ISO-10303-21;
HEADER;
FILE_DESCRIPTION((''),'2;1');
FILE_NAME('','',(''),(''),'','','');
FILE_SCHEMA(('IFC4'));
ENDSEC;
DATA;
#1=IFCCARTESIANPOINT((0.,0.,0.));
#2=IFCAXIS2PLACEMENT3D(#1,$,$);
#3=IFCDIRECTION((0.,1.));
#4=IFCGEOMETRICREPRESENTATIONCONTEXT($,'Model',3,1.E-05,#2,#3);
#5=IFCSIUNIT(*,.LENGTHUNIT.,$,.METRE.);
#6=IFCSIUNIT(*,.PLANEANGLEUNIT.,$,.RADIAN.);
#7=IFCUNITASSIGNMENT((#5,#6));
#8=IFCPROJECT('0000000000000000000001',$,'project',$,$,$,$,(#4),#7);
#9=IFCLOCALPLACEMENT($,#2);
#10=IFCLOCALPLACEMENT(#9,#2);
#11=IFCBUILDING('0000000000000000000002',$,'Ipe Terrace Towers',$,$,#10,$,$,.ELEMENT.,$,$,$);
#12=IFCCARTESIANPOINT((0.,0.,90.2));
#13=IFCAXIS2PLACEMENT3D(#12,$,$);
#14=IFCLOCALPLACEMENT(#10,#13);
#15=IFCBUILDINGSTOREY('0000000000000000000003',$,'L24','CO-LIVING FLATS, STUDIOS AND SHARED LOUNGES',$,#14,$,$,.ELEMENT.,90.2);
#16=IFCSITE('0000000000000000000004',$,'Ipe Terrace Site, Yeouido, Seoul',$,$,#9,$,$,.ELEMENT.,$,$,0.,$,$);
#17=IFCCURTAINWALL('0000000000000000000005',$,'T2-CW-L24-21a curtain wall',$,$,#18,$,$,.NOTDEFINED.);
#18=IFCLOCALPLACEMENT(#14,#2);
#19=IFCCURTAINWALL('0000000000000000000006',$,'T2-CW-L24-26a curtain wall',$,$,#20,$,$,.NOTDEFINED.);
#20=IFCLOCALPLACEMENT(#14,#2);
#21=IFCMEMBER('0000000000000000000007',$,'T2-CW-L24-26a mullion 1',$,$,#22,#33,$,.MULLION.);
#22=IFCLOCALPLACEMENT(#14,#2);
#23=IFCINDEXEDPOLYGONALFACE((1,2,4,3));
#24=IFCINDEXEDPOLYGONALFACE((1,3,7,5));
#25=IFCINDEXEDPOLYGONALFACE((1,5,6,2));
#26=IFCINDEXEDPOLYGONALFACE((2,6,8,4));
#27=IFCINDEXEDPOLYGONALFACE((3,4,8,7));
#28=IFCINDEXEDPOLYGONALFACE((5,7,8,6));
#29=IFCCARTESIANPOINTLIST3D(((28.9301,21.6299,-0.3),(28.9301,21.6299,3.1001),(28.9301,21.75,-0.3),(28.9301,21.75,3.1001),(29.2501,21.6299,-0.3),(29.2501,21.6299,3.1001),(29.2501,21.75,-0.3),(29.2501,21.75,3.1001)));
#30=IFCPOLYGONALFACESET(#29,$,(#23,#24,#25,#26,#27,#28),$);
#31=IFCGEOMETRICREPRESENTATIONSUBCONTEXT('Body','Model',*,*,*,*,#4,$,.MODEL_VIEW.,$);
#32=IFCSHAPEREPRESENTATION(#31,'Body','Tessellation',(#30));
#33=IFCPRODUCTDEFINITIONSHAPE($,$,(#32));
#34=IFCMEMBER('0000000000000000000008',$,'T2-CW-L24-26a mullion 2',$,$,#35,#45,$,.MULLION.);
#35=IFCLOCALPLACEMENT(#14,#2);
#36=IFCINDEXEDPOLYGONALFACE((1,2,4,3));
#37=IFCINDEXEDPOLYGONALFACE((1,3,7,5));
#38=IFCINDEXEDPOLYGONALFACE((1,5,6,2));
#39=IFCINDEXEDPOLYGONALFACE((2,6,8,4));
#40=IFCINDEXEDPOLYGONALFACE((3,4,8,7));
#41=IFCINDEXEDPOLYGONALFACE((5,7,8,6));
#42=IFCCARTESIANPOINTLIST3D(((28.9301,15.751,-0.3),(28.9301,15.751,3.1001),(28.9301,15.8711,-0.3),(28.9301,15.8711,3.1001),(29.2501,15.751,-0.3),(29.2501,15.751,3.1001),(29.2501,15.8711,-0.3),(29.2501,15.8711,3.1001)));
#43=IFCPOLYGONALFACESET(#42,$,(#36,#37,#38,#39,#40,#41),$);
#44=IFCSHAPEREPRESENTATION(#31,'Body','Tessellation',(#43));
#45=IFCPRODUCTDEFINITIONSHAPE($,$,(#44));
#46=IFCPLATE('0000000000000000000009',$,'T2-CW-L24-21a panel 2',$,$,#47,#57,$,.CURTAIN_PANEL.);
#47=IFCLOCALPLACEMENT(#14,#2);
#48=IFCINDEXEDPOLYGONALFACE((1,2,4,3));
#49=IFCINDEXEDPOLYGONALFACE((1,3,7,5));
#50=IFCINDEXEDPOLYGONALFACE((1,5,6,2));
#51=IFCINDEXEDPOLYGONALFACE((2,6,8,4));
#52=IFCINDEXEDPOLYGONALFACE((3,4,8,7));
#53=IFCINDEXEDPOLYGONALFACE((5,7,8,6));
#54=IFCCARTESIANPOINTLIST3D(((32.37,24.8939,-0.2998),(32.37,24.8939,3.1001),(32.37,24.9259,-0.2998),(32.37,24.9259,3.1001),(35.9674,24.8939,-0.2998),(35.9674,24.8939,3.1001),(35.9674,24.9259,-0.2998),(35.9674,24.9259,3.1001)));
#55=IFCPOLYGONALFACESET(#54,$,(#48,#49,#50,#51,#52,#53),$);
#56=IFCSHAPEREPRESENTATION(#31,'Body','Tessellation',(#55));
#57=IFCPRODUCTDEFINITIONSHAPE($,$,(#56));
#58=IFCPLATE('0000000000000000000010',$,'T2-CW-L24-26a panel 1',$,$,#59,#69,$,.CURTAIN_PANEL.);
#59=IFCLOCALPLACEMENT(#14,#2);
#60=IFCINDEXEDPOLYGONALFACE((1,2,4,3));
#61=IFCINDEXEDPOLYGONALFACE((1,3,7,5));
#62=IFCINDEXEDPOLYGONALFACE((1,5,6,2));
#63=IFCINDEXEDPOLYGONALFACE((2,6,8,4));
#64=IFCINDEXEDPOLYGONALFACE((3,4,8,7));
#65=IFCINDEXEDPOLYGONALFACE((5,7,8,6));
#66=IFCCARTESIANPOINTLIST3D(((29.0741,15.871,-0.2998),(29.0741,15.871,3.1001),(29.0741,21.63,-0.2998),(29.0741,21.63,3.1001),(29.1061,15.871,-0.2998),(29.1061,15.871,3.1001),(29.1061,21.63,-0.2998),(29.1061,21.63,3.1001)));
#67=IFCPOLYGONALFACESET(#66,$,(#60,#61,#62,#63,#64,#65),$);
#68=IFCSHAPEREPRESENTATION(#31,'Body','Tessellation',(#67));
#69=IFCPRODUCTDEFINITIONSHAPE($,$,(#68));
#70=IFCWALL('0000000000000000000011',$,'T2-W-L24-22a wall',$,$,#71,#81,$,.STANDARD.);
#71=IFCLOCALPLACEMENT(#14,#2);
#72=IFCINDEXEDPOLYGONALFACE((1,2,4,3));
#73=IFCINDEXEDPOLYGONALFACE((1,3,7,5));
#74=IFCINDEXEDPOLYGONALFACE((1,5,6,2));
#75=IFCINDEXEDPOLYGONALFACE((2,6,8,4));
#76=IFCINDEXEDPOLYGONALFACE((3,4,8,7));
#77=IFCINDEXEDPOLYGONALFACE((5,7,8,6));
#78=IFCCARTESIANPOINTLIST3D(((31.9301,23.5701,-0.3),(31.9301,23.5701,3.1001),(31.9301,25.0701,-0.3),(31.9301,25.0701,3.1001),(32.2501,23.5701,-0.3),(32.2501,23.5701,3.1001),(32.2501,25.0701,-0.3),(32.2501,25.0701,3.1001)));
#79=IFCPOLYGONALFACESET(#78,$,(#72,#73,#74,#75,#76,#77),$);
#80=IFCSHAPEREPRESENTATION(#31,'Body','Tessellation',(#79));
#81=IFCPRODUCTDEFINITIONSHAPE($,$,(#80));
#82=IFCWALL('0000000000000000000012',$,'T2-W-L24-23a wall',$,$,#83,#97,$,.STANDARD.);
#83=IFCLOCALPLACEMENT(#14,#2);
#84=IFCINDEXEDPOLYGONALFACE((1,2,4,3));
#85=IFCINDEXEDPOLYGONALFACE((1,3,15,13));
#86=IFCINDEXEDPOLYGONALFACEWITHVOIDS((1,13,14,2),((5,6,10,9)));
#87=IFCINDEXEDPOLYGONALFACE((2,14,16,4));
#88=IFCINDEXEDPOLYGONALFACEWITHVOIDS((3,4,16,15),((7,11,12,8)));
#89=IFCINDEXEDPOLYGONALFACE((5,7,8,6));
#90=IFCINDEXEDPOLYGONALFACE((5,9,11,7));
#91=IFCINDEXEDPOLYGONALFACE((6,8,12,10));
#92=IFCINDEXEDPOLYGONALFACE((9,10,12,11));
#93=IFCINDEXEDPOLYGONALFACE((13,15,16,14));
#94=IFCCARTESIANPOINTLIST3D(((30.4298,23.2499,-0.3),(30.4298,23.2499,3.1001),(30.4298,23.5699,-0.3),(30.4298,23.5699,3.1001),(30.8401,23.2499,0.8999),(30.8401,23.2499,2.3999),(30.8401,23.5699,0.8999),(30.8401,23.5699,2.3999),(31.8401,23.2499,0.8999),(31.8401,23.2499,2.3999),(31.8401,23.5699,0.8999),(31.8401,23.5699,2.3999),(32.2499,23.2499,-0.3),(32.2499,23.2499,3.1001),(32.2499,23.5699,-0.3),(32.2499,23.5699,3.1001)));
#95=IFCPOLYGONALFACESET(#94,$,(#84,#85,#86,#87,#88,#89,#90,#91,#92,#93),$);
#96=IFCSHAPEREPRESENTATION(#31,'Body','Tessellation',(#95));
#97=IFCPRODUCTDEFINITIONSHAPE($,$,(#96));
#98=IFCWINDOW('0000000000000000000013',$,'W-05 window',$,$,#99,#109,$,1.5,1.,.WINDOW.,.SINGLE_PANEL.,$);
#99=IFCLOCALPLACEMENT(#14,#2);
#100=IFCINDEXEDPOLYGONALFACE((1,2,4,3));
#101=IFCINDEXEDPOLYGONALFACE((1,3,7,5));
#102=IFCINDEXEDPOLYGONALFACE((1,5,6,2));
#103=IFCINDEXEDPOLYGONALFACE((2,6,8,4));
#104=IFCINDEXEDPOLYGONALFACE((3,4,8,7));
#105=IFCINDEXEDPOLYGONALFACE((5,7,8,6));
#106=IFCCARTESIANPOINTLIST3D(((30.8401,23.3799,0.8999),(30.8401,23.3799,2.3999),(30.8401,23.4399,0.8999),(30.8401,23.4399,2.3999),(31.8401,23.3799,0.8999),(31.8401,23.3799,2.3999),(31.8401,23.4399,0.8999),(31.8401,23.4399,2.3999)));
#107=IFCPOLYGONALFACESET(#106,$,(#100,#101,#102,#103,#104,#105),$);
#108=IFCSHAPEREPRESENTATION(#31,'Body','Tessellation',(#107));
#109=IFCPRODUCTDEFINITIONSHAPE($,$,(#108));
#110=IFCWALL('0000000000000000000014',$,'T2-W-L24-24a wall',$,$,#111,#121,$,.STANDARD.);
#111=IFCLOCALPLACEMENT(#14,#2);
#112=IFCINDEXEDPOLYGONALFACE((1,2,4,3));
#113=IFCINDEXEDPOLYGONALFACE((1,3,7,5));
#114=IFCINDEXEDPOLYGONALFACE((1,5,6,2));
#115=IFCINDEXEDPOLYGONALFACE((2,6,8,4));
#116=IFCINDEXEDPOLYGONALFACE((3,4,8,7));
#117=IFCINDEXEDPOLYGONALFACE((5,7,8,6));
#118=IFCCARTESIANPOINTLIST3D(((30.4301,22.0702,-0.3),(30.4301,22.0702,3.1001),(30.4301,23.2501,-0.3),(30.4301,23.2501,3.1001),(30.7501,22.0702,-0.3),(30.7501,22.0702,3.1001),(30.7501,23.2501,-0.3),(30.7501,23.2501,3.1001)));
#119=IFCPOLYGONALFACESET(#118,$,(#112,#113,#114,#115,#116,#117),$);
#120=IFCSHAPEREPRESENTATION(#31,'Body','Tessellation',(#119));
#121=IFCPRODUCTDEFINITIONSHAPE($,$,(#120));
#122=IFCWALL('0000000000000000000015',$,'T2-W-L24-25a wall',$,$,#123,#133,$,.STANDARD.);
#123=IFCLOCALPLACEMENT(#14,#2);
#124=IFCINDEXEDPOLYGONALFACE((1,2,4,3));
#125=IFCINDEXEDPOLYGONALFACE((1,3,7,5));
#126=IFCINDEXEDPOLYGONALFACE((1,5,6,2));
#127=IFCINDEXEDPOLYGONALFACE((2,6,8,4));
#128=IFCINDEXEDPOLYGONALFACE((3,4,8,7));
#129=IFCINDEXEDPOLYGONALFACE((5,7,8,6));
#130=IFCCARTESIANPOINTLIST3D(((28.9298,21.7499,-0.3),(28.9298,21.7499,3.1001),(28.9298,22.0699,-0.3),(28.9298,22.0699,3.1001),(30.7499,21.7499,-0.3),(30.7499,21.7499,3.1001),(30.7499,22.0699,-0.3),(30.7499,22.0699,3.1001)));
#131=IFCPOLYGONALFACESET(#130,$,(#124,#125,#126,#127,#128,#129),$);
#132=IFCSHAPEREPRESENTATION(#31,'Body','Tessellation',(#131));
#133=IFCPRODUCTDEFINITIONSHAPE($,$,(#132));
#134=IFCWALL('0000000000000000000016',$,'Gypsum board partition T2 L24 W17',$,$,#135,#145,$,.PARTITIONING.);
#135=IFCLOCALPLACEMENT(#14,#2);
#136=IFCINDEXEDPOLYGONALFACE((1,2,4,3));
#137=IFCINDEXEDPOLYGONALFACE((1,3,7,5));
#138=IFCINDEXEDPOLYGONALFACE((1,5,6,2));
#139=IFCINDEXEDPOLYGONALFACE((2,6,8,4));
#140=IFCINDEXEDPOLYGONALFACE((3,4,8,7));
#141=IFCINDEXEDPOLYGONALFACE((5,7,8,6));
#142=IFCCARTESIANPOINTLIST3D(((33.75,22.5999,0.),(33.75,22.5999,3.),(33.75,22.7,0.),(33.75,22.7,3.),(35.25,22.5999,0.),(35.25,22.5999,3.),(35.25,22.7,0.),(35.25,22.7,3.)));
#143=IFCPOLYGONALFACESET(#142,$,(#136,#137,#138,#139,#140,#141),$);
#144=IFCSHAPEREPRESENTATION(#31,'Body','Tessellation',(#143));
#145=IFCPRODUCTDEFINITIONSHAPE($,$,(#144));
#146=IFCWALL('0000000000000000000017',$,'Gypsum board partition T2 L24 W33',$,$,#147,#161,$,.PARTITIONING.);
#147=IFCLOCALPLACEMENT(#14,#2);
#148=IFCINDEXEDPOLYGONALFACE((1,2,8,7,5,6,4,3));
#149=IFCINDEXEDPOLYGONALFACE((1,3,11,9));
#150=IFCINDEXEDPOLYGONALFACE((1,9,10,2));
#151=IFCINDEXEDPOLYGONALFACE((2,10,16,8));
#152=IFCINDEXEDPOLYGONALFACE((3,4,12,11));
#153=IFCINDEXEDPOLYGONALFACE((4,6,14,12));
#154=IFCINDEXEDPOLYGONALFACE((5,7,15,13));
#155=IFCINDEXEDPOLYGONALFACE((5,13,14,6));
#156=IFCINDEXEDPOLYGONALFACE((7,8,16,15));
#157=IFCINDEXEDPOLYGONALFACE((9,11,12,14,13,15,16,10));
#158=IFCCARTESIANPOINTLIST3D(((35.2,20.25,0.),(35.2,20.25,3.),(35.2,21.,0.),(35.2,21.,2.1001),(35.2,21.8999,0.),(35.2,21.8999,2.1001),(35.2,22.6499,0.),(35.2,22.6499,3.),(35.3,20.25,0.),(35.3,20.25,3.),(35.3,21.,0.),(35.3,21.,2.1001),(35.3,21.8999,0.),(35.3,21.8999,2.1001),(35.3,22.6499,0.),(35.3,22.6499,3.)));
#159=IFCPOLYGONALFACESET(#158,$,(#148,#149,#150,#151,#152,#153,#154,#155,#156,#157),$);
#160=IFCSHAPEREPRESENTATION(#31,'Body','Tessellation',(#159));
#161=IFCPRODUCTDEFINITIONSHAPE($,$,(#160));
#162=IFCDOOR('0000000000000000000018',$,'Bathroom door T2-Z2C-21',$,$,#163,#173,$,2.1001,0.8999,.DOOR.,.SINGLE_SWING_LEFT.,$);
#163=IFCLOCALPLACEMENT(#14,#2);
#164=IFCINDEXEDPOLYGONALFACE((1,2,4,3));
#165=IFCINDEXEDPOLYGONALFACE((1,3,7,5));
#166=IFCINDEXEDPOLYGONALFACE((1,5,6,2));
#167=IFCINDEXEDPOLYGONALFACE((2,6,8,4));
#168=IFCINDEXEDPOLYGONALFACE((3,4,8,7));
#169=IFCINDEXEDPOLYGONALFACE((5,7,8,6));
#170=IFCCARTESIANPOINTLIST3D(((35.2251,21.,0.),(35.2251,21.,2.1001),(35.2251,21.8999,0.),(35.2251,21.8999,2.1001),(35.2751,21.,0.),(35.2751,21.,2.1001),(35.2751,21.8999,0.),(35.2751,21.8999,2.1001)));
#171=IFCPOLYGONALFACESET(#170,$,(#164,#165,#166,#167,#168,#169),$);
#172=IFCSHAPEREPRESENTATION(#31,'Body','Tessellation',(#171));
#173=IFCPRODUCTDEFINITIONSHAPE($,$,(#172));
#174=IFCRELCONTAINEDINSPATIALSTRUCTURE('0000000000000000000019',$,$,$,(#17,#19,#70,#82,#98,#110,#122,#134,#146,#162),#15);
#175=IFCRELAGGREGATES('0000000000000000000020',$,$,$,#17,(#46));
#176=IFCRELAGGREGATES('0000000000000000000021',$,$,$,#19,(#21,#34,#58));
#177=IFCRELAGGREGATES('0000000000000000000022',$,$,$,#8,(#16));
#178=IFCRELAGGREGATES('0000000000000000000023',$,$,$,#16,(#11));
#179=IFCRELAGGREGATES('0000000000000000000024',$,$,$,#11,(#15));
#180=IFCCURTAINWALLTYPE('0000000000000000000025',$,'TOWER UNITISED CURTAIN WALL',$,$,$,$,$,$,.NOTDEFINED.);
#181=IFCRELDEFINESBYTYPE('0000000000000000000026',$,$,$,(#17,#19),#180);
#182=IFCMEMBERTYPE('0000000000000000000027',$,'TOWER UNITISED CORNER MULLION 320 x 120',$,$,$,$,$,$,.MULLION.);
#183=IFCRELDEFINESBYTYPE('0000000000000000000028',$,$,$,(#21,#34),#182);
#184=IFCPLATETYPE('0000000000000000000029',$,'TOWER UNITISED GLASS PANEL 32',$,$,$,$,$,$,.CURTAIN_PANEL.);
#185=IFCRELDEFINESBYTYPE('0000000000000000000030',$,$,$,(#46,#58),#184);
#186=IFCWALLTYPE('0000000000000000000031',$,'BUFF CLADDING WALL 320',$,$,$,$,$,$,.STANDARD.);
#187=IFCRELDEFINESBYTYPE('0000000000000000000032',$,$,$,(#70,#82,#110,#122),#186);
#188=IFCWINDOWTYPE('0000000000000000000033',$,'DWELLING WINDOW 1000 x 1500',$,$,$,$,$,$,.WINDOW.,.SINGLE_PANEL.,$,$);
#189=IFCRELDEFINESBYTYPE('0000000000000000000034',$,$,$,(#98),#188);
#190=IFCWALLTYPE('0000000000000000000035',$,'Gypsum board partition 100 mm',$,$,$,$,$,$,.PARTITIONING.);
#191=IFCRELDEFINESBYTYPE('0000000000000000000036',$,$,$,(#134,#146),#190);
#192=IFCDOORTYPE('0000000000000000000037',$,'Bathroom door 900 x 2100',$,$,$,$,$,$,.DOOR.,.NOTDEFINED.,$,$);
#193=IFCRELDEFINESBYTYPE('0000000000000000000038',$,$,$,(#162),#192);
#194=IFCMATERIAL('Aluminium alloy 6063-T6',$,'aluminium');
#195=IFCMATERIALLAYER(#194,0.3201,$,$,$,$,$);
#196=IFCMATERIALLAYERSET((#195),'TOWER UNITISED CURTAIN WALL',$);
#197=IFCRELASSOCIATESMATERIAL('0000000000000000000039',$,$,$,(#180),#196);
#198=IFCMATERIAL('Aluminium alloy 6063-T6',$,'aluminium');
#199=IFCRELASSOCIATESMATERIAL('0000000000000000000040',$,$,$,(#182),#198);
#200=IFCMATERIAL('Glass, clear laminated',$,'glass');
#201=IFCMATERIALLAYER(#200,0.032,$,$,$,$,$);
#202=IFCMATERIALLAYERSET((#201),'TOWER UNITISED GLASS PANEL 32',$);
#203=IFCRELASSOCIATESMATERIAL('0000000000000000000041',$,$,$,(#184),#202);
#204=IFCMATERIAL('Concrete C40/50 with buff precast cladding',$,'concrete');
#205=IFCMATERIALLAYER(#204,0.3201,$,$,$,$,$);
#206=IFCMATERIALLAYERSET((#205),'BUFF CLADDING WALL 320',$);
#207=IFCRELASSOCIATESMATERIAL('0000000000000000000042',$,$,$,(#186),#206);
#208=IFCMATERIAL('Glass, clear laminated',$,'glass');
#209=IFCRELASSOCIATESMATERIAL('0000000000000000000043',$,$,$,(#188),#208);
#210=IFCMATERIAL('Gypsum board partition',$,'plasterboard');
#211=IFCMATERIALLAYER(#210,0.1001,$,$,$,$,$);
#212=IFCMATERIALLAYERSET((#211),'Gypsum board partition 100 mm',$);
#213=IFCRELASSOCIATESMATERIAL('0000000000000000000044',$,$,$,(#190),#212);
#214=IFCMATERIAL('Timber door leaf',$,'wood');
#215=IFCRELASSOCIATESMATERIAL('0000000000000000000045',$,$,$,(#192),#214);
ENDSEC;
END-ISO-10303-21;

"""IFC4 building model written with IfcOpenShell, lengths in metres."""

from ifc_helpers import new_model, si_unit, direction, frame, frame_2d, origin, origin_2d, place, context, subcontext, project, spatial, rectangle, extrude, material, layer, layer_set, material_profile, profile_set, type_object, element, fill, aggregate, save


model = new_model("IFC4")

# Units and contexts
model_context = context("Model", 3, precision=1e-05, world=origin(), true_north=direction((0.0, 1.0)))
body_context = subcontext(model_context, "Body", "Model", "MODEL_VIEW")
ifc_project = project(units=[si_unit("LENGTHUNIT", "METRE"), si_unit("PLANEANGLEUNIT", "RADIAN")], contexts=[model_context])

# Site, building, storey
site_placement = place(None, origin())
site = spatial("IfcSite", under=ifc_project, at=site_placement, Name="Ipe Terrace Site, Yeouido, Seoul", CompositionType="ELEMENT", RefElevation=0.0)
building_placement = place(site_placement, origin())
building = spatial("IfcBuilding", under=site, at=building_placement, Name="Ipe Terrace Towers", CompositionType="ELEMENT")
storey_placement = place(building_placement, frame((0.0, 0.0, 90.2)))
storey = spatial("IfcBuildingStorey", under=building, at=storey_placement, Name="L24", Description="CO-LIVING FLATS, STUDIOS AND SHARED LOUNGES", CompositionType="ELEMENT", Elevation=90.2)

# Curtain wall
ifc_material_1 = material(Name="Aluminium alloy 6063-T6", Category="aluminium")
ifc_layer_1 = layer(ifc_material_1, 0.3201)
ifc_layer_set_1 = layer_set([ifc_layer_1], Name="TOWER UNITISED CURTAIN WALL")
curtain_wall_type = type_object("IfcCurtainWallType", Name="TOWER UNITISED CURTAIN WALL", PredefinedType="NOTDEFINED", material=ifc_layer_set_1)
curtain_wall_1_placement = place(storey_placement, origin())
curtain_wall_1 = element("IfcCurtainWall", 1, at=curtain_wall_1_placement, inside=storey, type_object=curtain_wall_type, Name="T2-CW-L24-21a curtain wall", PredefinedType="NOTDEFINED")
ifc_material_2 = material(Name="Aluminium alloy 6063-T6", Category="aluminium")
ifc_material_profile_1 = material_profile(ifc_material_2, rectangle(XDim=0.3201, YDim=0.1201, at=origin_2d()), Name="TOWER UNITISED CORNER MULLION 320 x 120")
ifc_profile_set_1 = profile_set([ifc_material_profile_1], Name="Aluminium alloy 6063-T6")
member_type = type_object("IfcMemberType", Name="TOWER UNITISED CORNER MULLION 320 x 120", PredefinedType="MULLION", material=ifc_profile_set_1)

# Curtain wall, members
curtain_wall_2_placement = place(storey_placement, origin())
curtain_wall_2 = element("IfcCurtainWall", 2, at=curtain_wall_2_placement, inside=storey, type_object=curtain_wall_type, Name="T2-CW-L24-26a curtain wall", PredefinedType="NOTDEFINED")
member_1_placement = place(storey_placement, frame((29.0901, 21.6899, -0.3), z_axis=(0.0, 0.0, 1.0), x_axis=(-1.0, 0.0, 0.0)))
member_1 = element("IfcMember", 3, at=member_1_placement, type_object=member_type, Name="T2-CW-L24-26a mullion 1", PredefinedType="MULLION", context=body_context, shape_type="SweptSolid", body=[
    extrude(rectangle(XDim=0.3201, YDim=0.1201, at=origin_2d()), origin(), (0.0, 0.0, 1.0), 3.4001),
])
member_2_placement = place(storey_placement, frame((29.0901, 15.811, -0.3), z_axis=(0.0, 0.0, 1.0), x_axis=(-1.0, 0.0, 0.0)))
member_2 = element("IfcMember", 4, at=member_2_placement, type_object=member_type, Name="T2-CW-L24-26a mullion 2", PredefinedType="MULLION", context=body_context, shape_type="SweptSolid", body=[
    extrude(rectangle(XDim=0.3201, YDim=0.1201, at=origin_2d()), origin(), (0.0, 0.0, 1.0), 3.4001),
])

# Plates
ifc_material_3 = material(Name="Glass, clear laminated", Category="glass")
ifc_layer_2 = layer(ifc_material_3, 0.032)
ifc_layer_set_2 = layer_set([ifc_layer_2], Name="TOWER UNITISED GLASS PANEL 32")
plate_type = type_object("IfcPlateType", Name="TOWER UNITISED GLASS PANEL 32", PredefinedType="CURTAIN_PANEL", material=ifc_layer_set_2)
plate_1_placement = place(storey_placement, frame((34.1687, 24.9099, -0.2998), z_axis=(0.0, 0.0, 1.0), x_axis=(-1.0, 0.0, 0.0)))
plate_1 = element("IfcPlate", 5, at=plate_1_placement, type_object=plate_type, Name="T2-CW-L24-21a panel 2", PredefinedType="CURTAIN_PANEL", context=body_context, shape_type="SweptSolid", body=[
    extrude(rectangle(XDim=3.5974, YDim=0.032, at=origin_2d()), origin(), (0.0, 0.0, 1.0), 3.3999),
])
aggregate(curtain_wall_1, [plate_1])
plate_2_placement = place(storey_placement, frame((29.0901, 18.7505, -0.2998), z_axis=(0.0, 0.0, 1.0), x_axis=(0.0, -1.0, 0.0)))
plate_2 = element("IfcPlate", 6, at=plate_2_placement, type_object=plate_type, Name="T2-CW-L24-26a panel 1", PredefinedType="CURTAIN_PANEL", context=body_context, shape_type="SweptSolid", body=[
    extrude(rectangle(XDim=5.759, YDim=0.032, at=origin_2d()), origin(), (0.0, 0.0, 1.0), 3.3999),
])
aggregate(curtain_wall_2, [member_1, member_2, plate_2])

# Wall
ifc_material_4 = material(Name="Concrete C40/50 with buff precast cladding", Category="concrete")
ifc_layer_3 = layer(ifc_material_4, 0.3201)
ifc_layer_set_3 = layer_set([ifc_layer_3], Name="BUFF CLADDING WALL 320")
wall_type_1 = type_object("IfcWallType", Name="BUFF CLADDING WALL 320", PredefinedType="STANDARD", material=ifc_layer_set_3)
wall_1_placement = place(storey_placement, frame((32.0901, 25.0701, -0.3), z_axis=(0.0, 0.0, 1.0), x_axis=(0.0, -1.0, 0.0)))
element("IfcWall", 7, at=wall_1_placement, inside=storey, type_object=wall_type_1, Name="T2-W-L24-22a wall", PredefinedType="STANDARD", context=body_context, shape_type="SweptSolid", body=[
    extrude(rectangle(XDim=1.5, YDim=0.3201, at=frame_2d((0.75, 0.0))), origin(), (0.0, 0.0, 1.0), 3.4001),
])

# Wall, opening, window
wall_2_placement = place(storey_placement, frame((32.25, 23.4099, -0.3), z_axis=(0.0, 0.0, 1.0), x_axis=(-1.0, 0.0, 0.0)))
wall_2 = element("IfcWall", 8, at=wall_2_placement, inside=storey, type_object=wall_type_1, Name="T2-W-L24-23a wall", PredefinedType="STANDARD", context=body_context, shape_type="SweptSolid", body=[
    extrude(rectangle(XDim=1.8201, YDim=0.3201, at=frame_2d((0.9102, 0.0))), origin(), (0.0, 0.0, 1.0), 3.4001),
])
opening_1_placement = place(wall_2_placement, frame((0.4099, 0.0, 1.2)))
opening_1 = element("IfcOpeningElement", 9, at=opening_1_placement, cuts=wall_2, PredefinedType="OPENING", context=body_context, shape_type="SweptSolid", body=[
    extrude(rectangle(XDim=1.0, YDim=1.5, at=frame_2d((0.5, 0.75))), frame((0.0, 0.1699, 0.0), z_axis=(0.0, -1.0, 0.0), x_axis=(1.0, 0.0, 0.0)), (0.0, 0.0, 1.0), 0.3401),
])
ifc_material_5 = material(Name="Glass, clear laminated", Category="glass")
window_type = type_object("IfcWindowType", Name="DWELLING WINDOW 1000 x 1500", PartitioningType="SINGLE_PANEL", PredefinedType="WINDOW", material=ifc_material_5)
window_placement = place(opening_1_placement, origin())
window = element("IfcWindow", 10, at=window_placement, inside=storey, type_object=window_type, Name="W-05 window", OverallHeight=1.5, OverallWidth=1.0, PartitioningType="SINGLE_PANEL", PredefinedType="WINDOW", context=body_context, shape_type="SweptSolid", body=[
    extrude(rectangle(XDim=1.0, YDim=1.5, at=frame_2d((0.5, 0.75))), frame((0.0, 0.03, 0.0), z_axis=(0.0, -1.0, 0.0), x_axis=(1.0, 0.0, 0.0)), (0.0, 0.0, 1.0), 0.0601),
])
fill(opening_1, window)

# Walls
wall_3_placement = place(storey_placement, frame((30.5901, 23.25, -0.3), z_axis=(0.0, 0.0, 1.0), x_axis=(0.0, -1.0, 0.0)))
element("IfcWall", 11, at=wall_3_placement, inside=storey, type_object=wall_type_1, Name="T2-W-L24-24a wall", PredefinedType="STANDARD", context=body_context, shape_type="SweptSolid", body=[
    extrude(rectangle(XDim=1.1799, YDim=0.3201, at=frame_2d((0.5898, 0.0))), origin(), (0.0, 0.0, 1.0), 3.4001),
])
wall_4_placement = place(storey_placement, frame((30.75, 21.9099, -0.3), z_axis=(0.0, 0.0, 1.0), x_axis=(-1.0, 0.0, 0.0)))
element("IfcWall", 12, at=wall_4_placement, inside=storey, type_object=wall_type_1, Name="T2-W-L24-25a wall", PredefinedType="STANDARD", context=body_context, shape_type="SweptSolid", body=[
    extrude(rectangle(XDim=1.8201, YDim=0.3201, at=frame_2d((0.9102, 0.0))), origin(), (0.0, 0.0, 1.0), 3.4001),
])
ifc_material_6 = material(Name="Gypsum board partition", Category="plasterboard")
ifc_layer_4 = layer(ifc_material_6, 0.1001)
ifc_layer_set_4 = layer_set([ifc_layer_4], Name="Gypsum board partition 100 mm")
wall_type_2 = type_object("IfcWallType", Name="Gypsum board partition 100 mm", PredefinedType="PARTITIONING", material=ifc_layer_set_4)
wall_5_placement = place(storey_placement, frame((35.25, 22.6499, 0.0), z_axis=(0.0, 0.0, 1.0), x_axis=(-1.0, 0.0, 0.0)))
element("IfcWall", 13, at=wall_5_placement, inside=storey, type_object=wall_type_2, Name="Gypsum board partition T2 L24 W17", PredefinedType="PARTITIONING", context=body_context, shape_type="SweptSolid", body=[
    extrude(rectangle(XDim=1.5, YDim=0.1001, at=frame_2d((0.75, 0.0))), origin(), (0.0, 0.0, 1.0), 3.0),
])

# Wall, opening, door
wall_6_placement = place(storey_placement, frame((35.25, 20.25, 0.0), z_axis=(0.0, 0.0, 1.0), x_axis=(0.0, 1.0, 0.0)))
wall_6 = element("IfcWall", 14, at=wall_6_placement, inside=storey, type_object=wall_type_2, Name="Gypsum board partition T2 L24 W33", PredefinedType="PARTITIONING", context=body_context, shape_type="SweptSolid", body=[
    extrude(rectangle(XDim=2.3999, YDim=0.1001, at=frame_2d((1.2, 0.0))), origin(), (0.0, 0.0, 1.0), 3.0),
])
opening_2_placement = place(wall_6_placement, frame((0.75, 0.0, 0.0)))
opening_2 = element("IfcOpeningElement", 15, at=opening_2_placement, cuts=wall_6, PredefinedType="OPENING", context=body_context, shape_type="SweptSolid", body=[
    extrude(rectangle(XDim=0.8999, YDim=2.1001, at=frame_2d((0.45, 1.05))), frame((0.0, 0.0601, 0.0), z_axis=(0.0, -1.0, 0.0), x_axis=(1.0, 0.0, 0.0)), (0.0, 0.0, 1.0), 0.1201),
])
ifc_material_7 = material(Name="Timber door leaf", Category="wood")
door_type_1 = type_object("IfcDoorType", Name="Bathroom door 900 x 2100", OperationType="NOTDEFINED", PredefinedType="DOOR", material=ifc_material_7)
door_1_placement = place(opening_2_placement, origin())
door_1 = element("IfcDoor", 16, at=door_1_placement, inside=storey, type_object=door_type_1, Name="Bathroom door T2-Z2C-21", OperationType="SINGLE_SWING_LEFT", OverallHeight=2.1001, OverallWidth=0.8999, PredefinedType="DOOR", context=body_context, shape_type="SweptSolid", body=[
    extrude(rectangle(XDim=0.8999, YDim=2.1001, at=frame_2d((0.45, 1.05))), frame((0.0, 0.0249, 0.0), z_axis=(0.0, -1.0, 0.0), x_axis=(1.0, 0.0, 0.0)), (0.0, 0.0, 1.0), 0.05),
])
fill(opening_2, door_1)

save(model, "model.ifc")
